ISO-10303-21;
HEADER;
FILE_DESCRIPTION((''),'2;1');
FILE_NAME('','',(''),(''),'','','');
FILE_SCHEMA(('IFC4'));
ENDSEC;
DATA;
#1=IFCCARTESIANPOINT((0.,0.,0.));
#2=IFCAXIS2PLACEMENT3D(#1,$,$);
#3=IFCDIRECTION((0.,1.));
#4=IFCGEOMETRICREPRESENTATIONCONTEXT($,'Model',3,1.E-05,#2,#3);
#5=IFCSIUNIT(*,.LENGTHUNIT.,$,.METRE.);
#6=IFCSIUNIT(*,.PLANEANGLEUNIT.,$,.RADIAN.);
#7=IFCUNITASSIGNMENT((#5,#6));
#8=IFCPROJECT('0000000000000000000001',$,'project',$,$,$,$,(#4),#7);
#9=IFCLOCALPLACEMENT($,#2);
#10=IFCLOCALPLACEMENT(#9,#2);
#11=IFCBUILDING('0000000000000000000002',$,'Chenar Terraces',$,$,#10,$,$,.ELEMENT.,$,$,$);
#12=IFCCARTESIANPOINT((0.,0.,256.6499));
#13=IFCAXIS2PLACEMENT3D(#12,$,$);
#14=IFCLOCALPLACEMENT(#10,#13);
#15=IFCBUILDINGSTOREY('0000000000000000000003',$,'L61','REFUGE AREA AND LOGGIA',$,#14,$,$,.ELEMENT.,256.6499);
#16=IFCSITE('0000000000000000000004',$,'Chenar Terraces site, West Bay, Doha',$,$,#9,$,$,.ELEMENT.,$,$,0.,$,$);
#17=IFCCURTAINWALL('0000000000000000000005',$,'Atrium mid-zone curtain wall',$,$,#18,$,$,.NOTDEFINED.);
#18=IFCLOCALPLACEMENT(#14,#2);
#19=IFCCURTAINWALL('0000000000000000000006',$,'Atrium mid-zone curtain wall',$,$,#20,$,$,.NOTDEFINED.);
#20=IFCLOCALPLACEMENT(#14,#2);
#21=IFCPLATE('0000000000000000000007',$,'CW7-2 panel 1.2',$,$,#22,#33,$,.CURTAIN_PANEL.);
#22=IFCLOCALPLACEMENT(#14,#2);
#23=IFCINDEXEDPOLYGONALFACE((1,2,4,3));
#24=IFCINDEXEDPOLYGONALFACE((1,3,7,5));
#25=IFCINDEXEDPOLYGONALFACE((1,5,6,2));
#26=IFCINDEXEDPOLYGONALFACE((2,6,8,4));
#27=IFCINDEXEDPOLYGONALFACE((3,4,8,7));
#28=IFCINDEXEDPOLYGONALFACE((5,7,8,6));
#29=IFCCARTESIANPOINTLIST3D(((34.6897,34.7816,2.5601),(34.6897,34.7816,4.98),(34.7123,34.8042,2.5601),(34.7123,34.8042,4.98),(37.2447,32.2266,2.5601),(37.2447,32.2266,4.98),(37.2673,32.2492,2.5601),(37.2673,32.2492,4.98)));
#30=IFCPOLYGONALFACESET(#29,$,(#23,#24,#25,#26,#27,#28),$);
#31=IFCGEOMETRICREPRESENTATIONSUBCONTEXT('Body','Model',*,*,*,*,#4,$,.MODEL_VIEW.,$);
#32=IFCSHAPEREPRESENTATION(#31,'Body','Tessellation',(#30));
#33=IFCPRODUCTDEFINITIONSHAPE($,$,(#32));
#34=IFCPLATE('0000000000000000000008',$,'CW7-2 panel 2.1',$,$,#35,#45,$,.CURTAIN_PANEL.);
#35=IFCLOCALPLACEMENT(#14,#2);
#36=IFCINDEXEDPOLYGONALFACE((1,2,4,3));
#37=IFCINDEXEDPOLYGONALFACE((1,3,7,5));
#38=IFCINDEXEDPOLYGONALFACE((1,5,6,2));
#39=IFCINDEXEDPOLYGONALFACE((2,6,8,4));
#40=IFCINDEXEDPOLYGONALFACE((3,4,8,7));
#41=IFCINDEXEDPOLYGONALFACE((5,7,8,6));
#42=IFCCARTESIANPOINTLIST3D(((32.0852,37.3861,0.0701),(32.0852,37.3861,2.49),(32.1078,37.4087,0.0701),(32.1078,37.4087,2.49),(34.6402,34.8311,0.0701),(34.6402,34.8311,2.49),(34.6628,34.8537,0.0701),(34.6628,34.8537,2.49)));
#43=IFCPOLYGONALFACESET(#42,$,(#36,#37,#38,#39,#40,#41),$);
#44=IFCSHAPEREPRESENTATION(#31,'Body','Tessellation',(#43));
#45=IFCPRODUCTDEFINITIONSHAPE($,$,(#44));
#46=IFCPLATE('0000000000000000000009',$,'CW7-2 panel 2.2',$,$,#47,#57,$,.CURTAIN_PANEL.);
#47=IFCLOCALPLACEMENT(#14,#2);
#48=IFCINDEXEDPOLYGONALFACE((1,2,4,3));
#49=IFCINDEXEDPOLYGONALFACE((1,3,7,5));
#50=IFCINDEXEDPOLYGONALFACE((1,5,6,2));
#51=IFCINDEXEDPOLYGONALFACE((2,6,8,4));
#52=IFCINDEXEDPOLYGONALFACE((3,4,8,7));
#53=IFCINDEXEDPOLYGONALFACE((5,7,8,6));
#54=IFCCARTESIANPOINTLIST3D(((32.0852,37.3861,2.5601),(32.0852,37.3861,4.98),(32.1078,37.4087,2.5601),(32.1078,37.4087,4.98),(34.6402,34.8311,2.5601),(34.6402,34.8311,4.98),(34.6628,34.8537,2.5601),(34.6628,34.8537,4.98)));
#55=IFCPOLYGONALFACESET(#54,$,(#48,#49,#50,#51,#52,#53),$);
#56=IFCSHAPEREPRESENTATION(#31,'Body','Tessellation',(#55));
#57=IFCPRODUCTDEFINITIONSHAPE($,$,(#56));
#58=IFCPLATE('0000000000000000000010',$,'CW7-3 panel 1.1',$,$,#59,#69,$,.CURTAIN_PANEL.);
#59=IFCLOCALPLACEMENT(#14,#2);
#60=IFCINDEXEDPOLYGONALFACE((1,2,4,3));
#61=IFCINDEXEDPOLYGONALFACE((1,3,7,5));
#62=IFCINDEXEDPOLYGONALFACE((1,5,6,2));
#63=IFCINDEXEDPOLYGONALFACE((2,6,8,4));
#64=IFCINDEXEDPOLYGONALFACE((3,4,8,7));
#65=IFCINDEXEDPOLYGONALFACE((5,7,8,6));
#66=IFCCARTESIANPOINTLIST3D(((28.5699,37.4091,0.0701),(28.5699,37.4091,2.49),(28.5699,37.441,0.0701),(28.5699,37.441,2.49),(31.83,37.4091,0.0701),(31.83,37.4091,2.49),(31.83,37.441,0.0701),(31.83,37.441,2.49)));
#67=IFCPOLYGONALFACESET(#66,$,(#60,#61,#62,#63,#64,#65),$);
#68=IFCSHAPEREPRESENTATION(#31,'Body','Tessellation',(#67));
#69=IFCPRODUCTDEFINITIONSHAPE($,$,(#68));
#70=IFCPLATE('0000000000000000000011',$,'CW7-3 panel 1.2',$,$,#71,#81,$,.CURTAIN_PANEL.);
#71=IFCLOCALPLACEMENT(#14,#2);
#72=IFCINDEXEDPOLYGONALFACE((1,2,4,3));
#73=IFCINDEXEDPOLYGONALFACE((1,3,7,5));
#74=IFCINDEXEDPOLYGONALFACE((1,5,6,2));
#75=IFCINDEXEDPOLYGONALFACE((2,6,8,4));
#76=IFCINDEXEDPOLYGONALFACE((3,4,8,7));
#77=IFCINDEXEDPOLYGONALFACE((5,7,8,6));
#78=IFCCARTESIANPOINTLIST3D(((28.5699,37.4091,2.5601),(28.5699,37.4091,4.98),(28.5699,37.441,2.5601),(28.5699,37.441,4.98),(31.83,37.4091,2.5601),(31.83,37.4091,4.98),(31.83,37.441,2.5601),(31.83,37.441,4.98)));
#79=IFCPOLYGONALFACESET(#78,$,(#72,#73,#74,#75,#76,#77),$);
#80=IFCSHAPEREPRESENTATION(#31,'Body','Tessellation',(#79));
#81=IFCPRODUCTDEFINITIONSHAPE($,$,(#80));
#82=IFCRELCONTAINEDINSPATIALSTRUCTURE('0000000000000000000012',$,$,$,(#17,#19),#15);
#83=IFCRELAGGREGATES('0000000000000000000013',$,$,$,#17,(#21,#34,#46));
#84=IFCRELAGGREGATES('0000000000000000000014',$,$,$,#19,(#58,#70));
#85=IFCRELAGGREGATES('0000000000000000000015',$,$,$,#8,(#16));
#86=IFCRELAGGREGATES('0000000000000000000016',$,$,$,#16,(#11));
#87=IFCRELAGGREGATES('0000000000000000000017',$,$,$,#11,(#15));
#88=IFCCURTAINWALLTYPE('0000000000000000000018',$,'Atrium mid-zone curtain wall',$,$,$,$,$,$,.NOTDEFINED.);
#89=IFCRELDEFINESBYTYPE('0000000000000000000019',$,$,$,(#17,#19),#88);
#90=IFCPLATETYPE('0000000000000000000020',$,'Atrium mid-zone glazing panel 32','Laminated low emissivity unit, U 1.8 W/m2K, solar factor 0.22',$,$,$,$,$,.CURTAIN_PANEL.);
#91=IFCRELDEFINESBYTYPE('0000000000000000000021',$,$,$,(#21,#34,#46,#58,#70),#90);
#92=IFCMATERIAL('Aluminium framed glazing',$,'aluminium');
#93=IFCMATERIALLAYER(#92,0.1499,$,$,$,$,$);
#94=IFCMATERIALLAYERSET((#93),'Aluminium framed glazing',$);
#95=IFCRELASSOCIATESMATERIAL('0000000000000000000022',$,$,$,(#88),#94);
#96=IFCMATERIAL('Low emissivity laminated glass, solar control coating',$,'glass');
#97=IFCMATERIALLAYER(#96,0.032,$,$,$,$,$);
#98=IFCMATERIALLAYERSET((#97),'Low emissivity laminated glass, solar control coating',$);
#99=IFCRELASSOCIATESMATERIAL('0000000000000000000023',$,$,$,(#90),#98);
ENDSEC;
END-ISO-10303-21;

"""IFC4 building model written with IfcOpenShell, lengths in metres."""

from ifc_helpers import new_model, si_unit, direction, frame, origin, origin_2d, place, context, subcontext, project, spatial, rectangle, extrude, material, layer, layer_set, type_object, element, aggregate, save


model = new_model("IFC4")

# Units and contexts
model_context = context("Model", 3, precision=1e-05, world=origin(), true_north=direction((0.0, 1.0)))
body_context = subcontext(model_context, "Body", "Model", "MODEL_VIEW")
ifc_project = project(units=[si_unit("LENGTHUNIT", "METRE"), si_unit("PLANEANGLEUNIT", "RADIAN")], contexts=[model_context])

# Site, building, storey
site_placement = place(None, origin())
site = spatial("IfcSite", under=ifc_project, at=site_placement, Name="Chenar Terraces site, West Bay, Doha", CompositionType="ELEMENT", RefElevation=0.0)
building_placement = place(site_placement, origin())
building = spatial("IfcBuilding", under=site, at=building_placement, Name="Chenar Terraces", CompositionType="ELEMENT")
storey_placement = place(building_placement, frame((0.0, 0.0, 256.6499)))
storey = spatial("IfcBuildingStorey", under=building, at=storey_placement, Name="L61", Description="REFUGE AREA AND LOGGIA", CompositionType="ELEMENT", Elevation=256.6499)

# Curtain wall
ifc_material_1 = material(Name="Aluminium framed glazing", Category="aluminium")
ifc_layer_1 = layer(ifc_material_1, 0.1499)
ifc_layer_set_1 = layer_set([ifc_layer_1], Name="Aluminium framed glazing")
curtain_wall_type = type_object("IfcCurtainWallType", Name="Atrium mid-zone curtain wall", PredefinedType="NOTDEFINED", material=ifc_layer_set_1)
placement = place(storey_placement, origin())
curtain_wall_1 = element("IfcCurtainWall", 1, at=placement, inside=storey, type_object=curtain_wall_type, Name="Atrium mid-zone curtain wall", PredefinedType="NOTDEFINED")

# Curtain wall
curtain_wall_2 = element("IfcCurtainWall", 2, at=placement, inside=storey, type_object=curtain_wall_type, Name="Atrium mid-zone curtain wall", PredefinedType="NOTDEFINED")

# Plates
ifc_material_2 = material(Name="Low emissivity laminated glass, solar control coating", Category="glass")
ifc_layer_2 = layer(ifc_material_2, 0.032)
ifc_layer_set_2 = layer_set([ifc_layer_2], Name="Low emissivity laminated glass, solar control coating")
plate_type = type_object("IfcPlateType", Name="Atrium mid-zone glazing panel 32", Description="Laminated low emissivity unit, U 1.8 W/m2K, solar factor 0.22", PredefinedType="CURTAIN_PANEL", material=ifc_layer_set_2)
plate_1_placement = place(storey_placement, frame((35.9785, 33.5154, 2.5601), z_axis=(0.0, 0.0, 1.0), x_axis=(-0.707107, 0.707107, 0.0)))
plate_1 = element("IfcPlate", 3, at=plate_1_placement, type_object=plate_type, Name="CW7-2 panel 1.2", PredefinedType="CURTAIN_PANEL", context=body_context, shape_type="SweptSolid", body=[
    extrude(rectangle(XDim=3.6133, YDim=0.032, at=origin_2d()), origin(), (0.0, 0.0, 1.0), 2.4199),
])
plate_2_placement = place(storey_placement, frame((33.374, 36.1199, 0.0701), z_axis=(0.0, 0.0, 1.0), x_axis=(-0.707107, 0.707107, 0.0)))
plate_2 = element("IfcPlate", 4, at=plate_2_placement, type_object=plate_type, Name="CW7-2 panel 2.1", PredefinedType="CURTAIN_PANEL", context=body_context, shape_type="SweptSolid", body=[
    extrude(rectangle(XDim=3.6133, YDim=0.032, at=origin_2d()), origin(), (0.0, 0.0, 1.0), 2.4199),
])
plate_3_placement = place(storey_placement, frame((33.374, 36.1199, 2.5601), z_axis=(0.0, 0.0, 1.0), x_axis=(-0.707107, 0.707107, 0.0)))
plate_3 = element("IfcPlate", 5, at=plate_3_placement, type_object=plate_type, Name="CW7-2 panel 2.2", PredefinedType="CURTAIN_PANEL", context=body_context, shape_type="SweptSolid", body=[
    extrude(rectangle(XDim=3.6133, YDim=0.032, at=origin_2d()), origin(), (0.0, 0.0, 1.0), 2.4199),
])
aggregate(curtain_wall_1, [plate_1, plate_2, plate_3])
plate_4_placement = place(storey_placement, frame((30.2, 37.425, 0.0701), z_axis=(0.0, 0.0, 1.0), x_axis=(-1.0, 0.0, 0.0)))
plate_4 = element("IfcPlate", 6, at=plate_4_placement, type_object=plate_type, Name="CW7-3 panel 1.1", PredefinedType="CURTAIN_PANEL", context=body_context, shape_type="SweptSolid", body=[
    extrude(rectangle(XDim=3.26, YDim=0.032, at=origin_2d()), origin(), (0.0, 0.0, 1.0), 2.4199),
])
plate_5_placement = place(storey_placement, frame((30.2, 37.425, 2.5601), z_axis=(0.0, 0.0, 1.0), x_axis=(-1.0, 0.0, 0.0)))
plate_5 = element("IfcPlate", 7, at=plate_5_placement, type_object=plate_type, Name="CW7-3 panel 1.2", PredefinedType="CURTAIN_PANEL", context=body_context, shape_type="SweptSolid", body=[
    extrude(rectangle(XDim=3.26, YDim=0.032, at=origin_2d()), origin(), (0.0, 0.0, 1.0), 2.4199),
])
aggregate(curtain_wall_2, [plate_4, plate_5])

save(model, "model.ifc")
